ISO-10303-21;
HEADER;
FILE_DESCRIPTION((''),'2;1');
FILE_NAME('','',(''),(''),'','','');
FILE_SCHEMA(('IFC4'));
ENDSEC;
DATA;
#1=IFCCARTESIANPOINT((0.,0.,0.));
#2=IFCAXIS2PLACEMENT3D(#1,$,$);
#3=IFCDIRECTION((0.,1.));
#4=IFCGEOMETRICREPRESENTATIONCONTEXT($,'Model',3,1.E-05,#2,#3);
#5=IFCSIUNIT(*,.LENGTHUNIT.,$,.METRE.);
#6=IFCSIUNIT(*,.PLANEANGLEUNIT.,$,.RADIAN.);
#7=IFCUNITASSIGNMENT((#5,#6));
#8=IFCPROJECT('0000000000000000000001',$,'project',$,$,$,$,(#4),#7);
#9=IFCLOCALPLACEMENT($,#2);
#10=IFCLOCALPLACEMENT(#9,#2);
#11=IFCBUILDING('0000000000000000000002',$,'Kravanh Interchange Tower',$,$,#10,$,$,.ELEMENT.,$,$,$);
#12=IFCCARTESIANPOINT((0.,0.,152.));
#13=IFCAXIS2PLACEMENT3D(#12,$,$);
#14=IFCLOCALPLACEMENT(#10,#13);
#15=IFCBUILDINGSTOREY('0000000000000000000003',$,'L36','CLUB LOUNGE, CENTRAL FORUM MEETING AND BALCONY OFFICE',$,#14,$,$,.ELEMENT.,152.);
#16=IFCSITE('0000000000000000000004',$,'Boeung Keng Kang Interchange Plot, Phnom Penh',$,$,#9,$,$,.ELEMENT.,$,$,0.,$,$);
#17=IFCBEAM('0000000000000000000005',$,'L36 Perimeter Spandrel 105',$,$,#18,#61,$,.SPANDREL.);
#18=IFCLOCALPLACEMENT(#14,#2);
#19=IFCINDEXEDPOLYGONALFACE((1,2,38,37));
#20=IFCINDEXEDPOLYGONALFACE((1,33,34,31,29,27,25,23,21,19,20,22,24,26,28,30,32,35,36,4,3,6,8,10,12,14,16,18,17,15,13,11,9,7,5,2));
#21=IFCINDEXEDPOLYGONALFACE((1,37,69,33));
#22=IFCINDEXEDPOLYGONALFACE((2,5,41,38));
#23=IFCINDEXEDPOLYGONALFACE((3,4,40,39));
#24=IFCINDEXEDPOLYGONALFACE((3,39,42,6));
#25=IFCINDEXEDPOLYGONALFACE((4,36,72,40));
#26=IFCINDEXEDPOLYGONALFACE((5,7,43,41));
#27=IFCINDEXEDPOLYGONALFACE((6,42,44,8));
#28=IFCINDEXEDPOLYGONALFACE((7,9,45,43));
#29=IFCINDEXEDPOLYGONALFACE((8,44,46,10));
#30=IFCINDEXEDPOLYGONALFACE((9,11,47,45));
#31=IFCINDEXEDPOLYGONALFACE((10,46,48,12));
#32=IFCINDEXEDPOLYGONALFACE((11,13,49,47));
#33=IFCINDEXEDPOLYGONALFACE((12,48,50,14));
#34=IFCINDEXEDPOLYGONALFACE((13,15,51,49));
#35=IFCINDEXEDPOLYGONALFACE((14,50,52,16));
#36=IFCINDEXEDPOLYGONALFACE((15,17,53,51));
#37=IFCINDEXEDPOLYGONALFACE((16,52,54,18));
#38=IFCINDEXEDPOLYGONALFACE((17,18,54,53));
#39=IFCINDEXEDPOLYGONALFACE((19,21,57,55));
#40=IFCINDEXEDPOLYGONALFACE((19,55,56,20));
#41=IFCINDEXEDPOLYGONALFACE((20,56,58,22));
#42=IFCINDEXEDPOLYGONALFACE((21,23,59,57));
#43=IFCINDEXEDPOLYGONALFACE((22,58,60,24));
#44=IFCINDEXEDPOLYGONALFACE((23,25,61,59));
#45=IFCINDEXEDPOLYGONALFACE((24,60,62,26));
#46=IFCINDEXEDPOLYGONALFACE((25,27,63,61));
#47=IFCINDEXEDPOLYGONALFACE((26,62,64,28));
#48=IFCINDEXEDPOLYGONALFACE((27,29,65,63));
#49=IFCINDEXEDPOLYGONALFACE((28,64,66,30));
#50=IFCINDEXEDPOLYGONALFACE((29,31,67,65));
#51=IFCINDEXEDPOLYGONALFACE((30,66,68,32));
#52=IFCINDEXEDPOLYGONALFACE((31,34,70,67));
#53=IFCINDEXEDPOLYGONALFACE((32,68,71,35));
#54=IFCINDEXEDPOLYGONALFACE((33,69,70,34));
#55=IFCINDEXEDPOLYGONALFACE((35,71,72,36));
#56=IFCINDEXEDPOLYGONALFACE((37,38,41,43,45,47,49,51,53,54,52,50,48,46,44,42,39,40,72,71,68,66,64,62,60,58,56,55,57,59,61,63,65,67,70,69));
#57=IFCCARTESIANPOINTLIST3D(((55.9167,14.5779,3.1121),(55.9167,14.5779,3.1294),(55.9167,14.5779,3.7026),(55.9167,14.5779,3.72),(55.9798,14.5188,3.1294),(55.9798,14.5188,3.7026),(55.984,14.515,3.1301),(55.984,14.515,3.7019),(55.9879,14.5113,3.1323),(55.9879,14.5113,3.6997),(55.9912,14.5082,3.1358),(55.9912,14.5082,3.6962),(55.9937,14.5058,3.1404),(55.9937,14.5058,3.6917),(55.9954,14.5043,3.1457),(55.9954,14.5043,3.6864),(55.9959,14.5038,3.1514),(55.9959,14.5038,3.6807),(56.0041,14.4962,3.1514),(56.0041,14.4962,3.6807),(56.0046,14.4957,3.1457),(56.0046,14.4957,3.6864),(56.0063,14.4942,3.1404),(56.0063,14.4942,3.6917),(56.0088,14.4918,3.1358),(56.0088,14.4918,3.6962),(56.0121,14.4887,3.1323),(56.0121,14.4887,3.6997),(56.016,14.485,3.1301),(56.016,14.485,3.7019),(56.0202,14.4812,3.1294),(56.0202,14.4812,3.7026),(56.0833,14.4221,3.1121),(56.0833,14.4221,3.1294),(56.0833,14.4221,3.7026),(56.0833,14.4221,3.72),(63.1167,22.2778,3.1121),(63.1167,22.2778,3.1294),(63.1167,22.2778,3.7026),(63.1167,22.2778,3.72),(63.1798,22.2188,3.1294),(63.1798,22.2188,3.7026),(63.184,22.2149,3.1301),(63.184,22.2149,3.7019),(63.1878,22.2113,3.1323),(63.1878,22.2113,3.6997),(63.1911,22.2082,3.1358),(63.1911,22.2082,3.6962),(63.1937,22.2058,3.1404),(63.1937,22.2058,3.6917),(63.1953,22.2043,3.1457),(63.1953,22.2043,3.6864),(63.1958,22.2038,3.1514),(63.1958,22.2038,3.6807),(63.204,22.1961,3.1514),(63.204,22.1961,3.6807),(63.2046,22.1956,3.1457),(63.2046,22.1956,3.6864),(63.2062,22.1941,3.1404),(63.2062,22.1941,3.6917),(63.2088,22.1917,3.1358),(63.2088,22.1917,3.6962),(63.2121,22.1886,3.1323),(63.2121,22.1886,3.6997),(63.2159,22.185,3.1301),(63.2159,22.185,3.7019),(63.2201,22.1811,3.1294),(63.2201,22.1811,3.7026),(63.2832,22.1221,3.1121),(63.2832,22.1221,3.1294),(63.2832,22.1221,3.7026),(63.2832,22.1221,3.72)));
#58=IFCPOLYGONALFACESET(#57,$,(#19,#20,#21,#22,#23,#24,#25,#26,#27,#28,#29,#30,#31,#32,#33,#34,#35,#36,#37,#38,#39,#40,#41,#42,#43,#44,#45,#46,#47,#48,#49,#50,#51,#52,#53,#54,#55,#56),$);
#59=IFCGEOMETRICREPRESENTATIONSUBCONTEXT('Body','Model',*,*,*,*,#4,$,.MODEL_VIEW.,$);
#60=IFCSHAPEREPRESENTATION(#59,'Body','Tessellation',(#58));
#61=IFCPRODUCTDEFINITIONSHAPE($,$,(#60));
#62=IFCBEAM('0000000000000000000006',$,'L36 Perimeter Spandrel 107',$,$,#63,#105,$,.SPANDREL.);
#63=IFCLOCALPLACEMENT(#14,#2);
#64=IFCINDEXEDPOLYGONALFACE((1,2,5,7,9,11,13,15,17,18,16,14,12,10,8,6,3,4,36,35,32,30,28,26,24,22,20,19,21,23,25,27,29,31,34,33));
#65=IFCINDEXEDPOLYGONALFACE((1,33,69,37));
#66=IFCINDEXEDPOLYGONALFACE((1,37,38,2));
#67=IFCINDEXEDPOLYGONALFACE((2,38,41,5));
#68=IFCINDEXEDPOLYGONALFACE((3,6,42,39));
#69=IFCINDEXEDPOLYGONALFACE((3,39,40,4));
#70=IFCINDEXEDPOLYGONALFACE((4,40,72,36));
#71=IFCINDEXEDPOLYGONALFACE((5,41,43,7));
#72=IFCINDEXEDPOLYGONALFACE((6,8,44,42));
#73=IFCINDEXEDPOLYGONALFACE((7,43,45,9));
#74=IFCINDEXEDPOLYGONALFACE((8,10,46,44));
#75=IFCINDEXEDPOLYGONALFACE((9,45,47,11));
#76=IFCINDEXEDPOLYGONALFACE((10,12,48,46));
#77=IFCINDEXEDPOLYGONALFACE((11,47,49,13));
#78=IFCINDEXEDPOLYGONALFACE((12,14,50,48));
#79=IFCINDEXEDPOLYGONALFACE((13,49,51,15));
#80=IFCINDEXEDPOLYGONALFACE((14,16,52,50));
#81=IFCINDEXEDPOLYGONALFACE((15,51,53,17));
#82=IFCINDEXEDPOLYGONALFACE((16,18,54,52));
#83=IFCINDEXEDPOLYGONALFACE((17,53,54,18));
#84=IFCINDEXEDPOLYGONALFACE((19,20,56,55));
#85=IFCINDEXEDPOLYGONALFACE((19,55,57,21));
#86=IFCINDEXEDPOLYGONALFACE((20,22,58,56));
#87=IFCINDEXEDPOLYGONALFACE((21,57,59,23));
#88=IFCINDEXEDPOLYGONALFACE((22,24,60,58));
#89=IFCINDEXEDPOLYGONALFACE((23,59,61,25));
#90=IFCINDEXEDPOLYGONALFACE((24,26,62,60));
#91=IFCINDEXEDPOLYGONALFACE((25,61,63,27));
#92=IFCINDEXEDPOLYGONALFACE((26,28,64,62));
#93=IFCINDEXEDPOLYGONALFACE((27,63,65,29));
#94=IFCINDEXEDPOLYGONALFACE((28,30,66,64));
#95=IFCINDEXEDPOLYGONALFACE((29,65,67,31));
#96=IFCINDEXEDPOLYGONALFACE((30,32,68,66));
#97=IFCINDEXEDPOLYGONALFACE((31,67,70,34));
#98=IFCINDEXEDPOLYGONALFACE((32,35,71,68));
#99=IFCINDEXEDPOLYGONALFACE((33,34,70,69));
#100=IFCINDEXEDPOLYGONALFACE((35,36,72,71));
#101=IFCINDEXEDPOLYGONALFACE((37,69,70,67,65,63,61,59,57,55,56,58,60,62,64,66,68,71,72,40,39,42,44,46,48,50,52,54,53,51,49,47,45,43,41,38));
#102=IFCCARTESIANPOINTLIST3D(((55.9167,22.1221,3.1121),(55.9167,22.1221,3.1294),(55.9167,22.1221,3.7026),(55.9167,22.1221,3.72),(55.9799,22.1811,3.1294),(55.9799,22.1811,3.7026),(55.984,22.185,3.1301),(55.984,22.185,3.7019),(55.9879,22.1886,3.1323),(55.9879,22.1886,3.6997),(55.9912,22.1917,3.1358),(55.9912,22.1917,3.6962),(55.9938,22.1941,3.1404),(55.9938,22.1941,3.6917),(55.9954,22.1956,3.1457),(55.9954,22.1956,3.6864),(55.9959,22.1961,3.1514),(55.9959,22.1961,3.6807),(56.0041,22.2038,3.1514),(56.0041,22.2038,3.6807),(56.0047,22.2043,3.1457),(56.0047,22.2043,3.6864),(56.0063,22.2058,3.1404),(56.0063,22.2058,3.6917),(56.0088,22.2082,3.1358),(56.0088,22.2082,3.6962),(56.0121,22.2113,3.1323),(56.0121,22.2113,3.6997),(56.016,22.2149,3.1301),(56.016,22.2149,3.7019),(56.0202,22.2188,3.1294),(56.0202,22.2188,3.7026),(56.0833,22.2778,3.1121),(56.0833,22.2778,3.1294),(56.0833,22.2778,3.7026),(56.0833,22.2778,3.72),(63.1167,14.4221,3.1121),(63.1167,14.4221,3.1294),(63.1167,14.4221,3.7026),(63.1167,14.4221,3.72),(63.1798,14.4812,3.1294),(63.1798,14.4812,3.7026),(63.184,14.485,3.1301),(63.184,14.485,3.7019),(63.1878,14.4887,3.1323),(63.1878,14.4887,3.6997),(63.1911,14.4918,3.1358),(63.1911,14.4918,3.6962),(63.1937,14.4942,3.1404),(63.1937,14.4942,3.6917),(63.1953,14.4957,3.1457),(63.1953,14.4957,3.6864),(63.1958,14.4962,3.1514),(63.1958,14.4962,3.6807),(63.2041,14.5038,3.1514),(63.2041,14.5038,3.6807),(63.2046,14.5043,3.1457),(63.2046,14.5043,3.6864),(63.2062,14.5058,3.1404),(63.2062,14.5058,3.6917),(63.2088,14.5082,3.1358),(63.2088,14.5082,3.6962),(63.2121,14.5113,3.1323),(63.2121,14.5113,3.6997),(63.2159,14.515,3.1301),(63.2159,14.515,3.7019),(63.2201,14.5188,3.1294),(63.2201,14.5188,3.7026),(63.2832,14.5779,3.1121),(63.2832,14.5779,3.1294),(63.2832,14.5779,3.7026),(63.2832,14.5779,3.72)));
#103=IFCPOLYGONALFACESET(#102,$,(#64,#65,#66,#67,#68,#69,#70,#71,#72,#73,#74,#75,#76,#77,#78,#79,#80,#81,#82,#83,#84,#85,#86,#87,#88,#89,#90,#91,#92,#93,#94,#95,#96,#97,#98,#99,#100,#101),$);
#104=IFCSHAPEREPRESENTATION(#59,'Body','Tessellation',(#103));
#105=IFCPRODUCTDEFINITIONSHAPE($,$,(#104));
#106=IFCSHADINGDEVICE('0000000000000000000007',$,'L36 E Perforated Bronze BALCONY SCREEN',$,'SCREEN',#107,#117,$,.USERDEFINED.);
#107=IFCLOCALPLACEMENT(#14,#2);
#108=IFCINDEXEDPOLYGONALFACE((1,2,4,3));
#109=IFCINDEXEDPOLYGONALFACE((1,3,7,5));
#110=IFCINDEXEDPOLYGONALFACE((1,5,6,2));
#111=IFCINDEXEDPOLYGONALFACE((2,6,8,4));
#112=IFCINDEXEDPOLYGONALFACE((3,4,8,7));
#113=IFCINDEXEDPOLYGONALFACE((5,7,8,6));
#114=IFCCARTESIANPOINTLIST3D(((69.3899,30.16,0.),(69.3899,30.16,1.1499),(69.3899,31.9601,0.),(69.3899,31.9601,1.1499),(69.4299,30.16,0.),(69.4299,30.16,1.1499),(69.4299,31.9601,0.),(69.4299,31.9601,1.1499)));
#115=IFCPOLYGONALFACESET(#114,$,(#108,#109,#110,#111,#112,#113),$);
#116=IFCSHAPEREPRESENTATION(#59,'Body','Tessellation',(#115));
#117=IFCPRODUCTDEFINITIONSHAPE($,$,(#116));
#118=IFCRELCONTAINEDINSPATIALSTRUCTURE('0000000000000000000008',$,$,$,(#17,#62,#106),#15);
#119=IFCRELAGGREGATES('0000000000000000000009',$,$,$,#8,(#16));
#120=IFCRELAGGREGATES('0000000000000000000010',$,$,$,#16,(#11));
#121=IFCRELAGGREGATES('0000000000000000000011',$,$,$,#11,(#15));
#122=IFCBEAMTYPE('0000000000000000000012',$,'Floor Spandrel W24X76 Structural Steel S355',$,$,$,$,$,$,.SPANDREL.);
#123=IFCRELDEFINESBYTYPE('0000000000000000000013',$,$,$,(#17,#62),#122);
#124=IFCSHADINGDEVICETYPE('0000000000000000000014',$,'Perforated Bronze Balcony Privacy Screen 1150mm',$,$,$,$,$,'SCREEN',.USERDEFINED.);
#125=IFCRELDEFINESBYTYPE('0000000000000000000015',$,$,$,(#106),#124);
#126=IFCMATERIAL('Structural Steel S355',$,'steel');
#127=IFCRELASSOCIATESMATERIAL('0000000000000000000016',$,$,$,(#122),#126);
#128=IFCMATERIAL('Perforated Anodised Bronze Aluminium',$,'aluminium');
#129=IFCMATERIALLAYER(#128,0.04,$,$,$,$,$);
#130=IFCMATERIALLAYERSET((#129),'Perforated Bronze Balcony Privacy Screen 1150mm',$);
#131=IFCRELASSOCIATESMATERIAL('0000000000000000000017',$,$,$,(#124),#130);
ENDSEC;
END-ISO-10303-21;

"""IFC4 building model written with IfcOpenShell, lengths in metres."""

from ifc_helpers import new_model, si_unit, direction, frame, origin, origin_2d, place, context, subcontext, project, spatial, rectangle, i_section, extrude, material, layer, layer_set, material_profile, profile_set, type_object, element, save


model = new_model("IFC4")

# Units and contexts
model_context = context("Model", 3, precision=1e-05, world=origin(), true_north=direction((0.0, 1.0)))
body_context = subcontext(model_context, "Body", "Model", "MODEL_VIEW")
ifc_project = project(units=[si_unit("LENGTHUNIT", "METRE"), si_unit("PLANEANGLEUNIT", "RADIAN")], contexts=[model_context])

# Site, building, storey
site_placement = place(None, origin())
site = spatial("IfcSite", under=ifc_project, at=site_placement, Name="Boeung Keng Kang Interchange Plot, Phnom Penh", CompositionType="ELEMENT", RefElevation=0.0)
building_placement = place(site_placement, origin())
building = spatial("IfcBuilding", under=site, at=building_placement, Name="Kravanh Interchange Tower", CompositionType="ELEMENT")
storey_placement = place(building_placement, frame((0.0, 0.0, 152.0)))
storey = spatial("IfcBuildingStorey", under=building, at=storey_placement, Name="L36", Description="CLUB LOUNGE, CENTRAL FORUM MEETING AND BALCONY OFFICE", CompositionType="ELEMENT", Elevation=152.0)

# Beams
ifc_material_1 = material(Name="Structural Steel S355", Category="steel")
ifc_material_profile_1 = material_profile(ifc_material_1, i_section(OverallWidth=0.228, OverallDepth=0.6079, WebThickness=0.0112, FlangeThickness=0.0173, FilletRadius=0.022, at=origin_2d()), Name="W24X76")
ifc_profile_set_1 = profile_set([ifc_material_profile_1], Name="Structural Steel S355")
beam_type_1 = type_object("IfcBeamType", Name="Floor Spandrel W24X76 Structural Steel S355", PredefinedType="SPANDREL", material=ifc_profile_set_1)
for number, where, z_axis, x_axis, name in (
    (1, (56.0, 14.5, 3.416), (0.682994, 0.730424, 0.0), (-0.730424, 0.682994, 0.0), "L36 Perimeter Spandrel 105"),
    (2, (63.2, 14.5, 3.416), (-0.682994, 0.730424, 0.0), (-0.730424, -0.682994, 0.0), "L36 Perimeter Spandrel 107"),
):
    element("IfcBeam", number, at=place(storey_placement, frame(where, z_axis=z_axis, x_axis=x_axis)), inside=storey, type_object=beam_type_1, Name=name, PredefinedType="SPANDREL", context=body_context, shape_type="SweptSolid", body=[
        extrude(i_section(OverallWidth=0.228, OverallDepth=0.6079, WebThickness=0.0112, FlangeThickness=0.0173, FilletRadius=0.022, at=origin_2d()), origin(), (0.0, 0.0, 1.0), 10.5417),
    ])

# Shading device
ifc_material_2 = material(Name="Perforated Anodised Bronze Aluminium", Category="aluminium")
ifc_layer_1 = layer(ifc_material_2, 0.04)
ifc_layer_set_1 = layer_set([ifc_layer_1], Name="Perforated Bronze Balcony Privacy Screen 1150mm")
shading_device_type = type_object("IfcShadingDeviceType", Name="Perforated Bronze Balcony Privacy Screen 1150mm", ElementType="SCREEN", PredefinedType="USERDEFINED", material=ifc_layer_set_1)
shading_device_placement = place(storey_placement, frame((69.4099, 31.0601, 0.0), z_axis=(0.0, 0.0, 1.0), x_axis=(1.0, 0.0, 0.0)))
element("IfcShadingDevice", 3, at=shading_device_placement, inside=storey, type_object=shading_device_type, Name="L36 E Perforated Bronze BALCONY SCREEN", ObjectType="SCREEN", PredefinedType="USERDEFINED", context=body_context, shape_type="SweptSolid", body=[
    extrude(rectangle(XDim=0.04, YDim=1.8, at=origin_2d()), origin(), (0.0, 0.0, 1.0), 1.1499),
])

save(model, "model.ifc")
